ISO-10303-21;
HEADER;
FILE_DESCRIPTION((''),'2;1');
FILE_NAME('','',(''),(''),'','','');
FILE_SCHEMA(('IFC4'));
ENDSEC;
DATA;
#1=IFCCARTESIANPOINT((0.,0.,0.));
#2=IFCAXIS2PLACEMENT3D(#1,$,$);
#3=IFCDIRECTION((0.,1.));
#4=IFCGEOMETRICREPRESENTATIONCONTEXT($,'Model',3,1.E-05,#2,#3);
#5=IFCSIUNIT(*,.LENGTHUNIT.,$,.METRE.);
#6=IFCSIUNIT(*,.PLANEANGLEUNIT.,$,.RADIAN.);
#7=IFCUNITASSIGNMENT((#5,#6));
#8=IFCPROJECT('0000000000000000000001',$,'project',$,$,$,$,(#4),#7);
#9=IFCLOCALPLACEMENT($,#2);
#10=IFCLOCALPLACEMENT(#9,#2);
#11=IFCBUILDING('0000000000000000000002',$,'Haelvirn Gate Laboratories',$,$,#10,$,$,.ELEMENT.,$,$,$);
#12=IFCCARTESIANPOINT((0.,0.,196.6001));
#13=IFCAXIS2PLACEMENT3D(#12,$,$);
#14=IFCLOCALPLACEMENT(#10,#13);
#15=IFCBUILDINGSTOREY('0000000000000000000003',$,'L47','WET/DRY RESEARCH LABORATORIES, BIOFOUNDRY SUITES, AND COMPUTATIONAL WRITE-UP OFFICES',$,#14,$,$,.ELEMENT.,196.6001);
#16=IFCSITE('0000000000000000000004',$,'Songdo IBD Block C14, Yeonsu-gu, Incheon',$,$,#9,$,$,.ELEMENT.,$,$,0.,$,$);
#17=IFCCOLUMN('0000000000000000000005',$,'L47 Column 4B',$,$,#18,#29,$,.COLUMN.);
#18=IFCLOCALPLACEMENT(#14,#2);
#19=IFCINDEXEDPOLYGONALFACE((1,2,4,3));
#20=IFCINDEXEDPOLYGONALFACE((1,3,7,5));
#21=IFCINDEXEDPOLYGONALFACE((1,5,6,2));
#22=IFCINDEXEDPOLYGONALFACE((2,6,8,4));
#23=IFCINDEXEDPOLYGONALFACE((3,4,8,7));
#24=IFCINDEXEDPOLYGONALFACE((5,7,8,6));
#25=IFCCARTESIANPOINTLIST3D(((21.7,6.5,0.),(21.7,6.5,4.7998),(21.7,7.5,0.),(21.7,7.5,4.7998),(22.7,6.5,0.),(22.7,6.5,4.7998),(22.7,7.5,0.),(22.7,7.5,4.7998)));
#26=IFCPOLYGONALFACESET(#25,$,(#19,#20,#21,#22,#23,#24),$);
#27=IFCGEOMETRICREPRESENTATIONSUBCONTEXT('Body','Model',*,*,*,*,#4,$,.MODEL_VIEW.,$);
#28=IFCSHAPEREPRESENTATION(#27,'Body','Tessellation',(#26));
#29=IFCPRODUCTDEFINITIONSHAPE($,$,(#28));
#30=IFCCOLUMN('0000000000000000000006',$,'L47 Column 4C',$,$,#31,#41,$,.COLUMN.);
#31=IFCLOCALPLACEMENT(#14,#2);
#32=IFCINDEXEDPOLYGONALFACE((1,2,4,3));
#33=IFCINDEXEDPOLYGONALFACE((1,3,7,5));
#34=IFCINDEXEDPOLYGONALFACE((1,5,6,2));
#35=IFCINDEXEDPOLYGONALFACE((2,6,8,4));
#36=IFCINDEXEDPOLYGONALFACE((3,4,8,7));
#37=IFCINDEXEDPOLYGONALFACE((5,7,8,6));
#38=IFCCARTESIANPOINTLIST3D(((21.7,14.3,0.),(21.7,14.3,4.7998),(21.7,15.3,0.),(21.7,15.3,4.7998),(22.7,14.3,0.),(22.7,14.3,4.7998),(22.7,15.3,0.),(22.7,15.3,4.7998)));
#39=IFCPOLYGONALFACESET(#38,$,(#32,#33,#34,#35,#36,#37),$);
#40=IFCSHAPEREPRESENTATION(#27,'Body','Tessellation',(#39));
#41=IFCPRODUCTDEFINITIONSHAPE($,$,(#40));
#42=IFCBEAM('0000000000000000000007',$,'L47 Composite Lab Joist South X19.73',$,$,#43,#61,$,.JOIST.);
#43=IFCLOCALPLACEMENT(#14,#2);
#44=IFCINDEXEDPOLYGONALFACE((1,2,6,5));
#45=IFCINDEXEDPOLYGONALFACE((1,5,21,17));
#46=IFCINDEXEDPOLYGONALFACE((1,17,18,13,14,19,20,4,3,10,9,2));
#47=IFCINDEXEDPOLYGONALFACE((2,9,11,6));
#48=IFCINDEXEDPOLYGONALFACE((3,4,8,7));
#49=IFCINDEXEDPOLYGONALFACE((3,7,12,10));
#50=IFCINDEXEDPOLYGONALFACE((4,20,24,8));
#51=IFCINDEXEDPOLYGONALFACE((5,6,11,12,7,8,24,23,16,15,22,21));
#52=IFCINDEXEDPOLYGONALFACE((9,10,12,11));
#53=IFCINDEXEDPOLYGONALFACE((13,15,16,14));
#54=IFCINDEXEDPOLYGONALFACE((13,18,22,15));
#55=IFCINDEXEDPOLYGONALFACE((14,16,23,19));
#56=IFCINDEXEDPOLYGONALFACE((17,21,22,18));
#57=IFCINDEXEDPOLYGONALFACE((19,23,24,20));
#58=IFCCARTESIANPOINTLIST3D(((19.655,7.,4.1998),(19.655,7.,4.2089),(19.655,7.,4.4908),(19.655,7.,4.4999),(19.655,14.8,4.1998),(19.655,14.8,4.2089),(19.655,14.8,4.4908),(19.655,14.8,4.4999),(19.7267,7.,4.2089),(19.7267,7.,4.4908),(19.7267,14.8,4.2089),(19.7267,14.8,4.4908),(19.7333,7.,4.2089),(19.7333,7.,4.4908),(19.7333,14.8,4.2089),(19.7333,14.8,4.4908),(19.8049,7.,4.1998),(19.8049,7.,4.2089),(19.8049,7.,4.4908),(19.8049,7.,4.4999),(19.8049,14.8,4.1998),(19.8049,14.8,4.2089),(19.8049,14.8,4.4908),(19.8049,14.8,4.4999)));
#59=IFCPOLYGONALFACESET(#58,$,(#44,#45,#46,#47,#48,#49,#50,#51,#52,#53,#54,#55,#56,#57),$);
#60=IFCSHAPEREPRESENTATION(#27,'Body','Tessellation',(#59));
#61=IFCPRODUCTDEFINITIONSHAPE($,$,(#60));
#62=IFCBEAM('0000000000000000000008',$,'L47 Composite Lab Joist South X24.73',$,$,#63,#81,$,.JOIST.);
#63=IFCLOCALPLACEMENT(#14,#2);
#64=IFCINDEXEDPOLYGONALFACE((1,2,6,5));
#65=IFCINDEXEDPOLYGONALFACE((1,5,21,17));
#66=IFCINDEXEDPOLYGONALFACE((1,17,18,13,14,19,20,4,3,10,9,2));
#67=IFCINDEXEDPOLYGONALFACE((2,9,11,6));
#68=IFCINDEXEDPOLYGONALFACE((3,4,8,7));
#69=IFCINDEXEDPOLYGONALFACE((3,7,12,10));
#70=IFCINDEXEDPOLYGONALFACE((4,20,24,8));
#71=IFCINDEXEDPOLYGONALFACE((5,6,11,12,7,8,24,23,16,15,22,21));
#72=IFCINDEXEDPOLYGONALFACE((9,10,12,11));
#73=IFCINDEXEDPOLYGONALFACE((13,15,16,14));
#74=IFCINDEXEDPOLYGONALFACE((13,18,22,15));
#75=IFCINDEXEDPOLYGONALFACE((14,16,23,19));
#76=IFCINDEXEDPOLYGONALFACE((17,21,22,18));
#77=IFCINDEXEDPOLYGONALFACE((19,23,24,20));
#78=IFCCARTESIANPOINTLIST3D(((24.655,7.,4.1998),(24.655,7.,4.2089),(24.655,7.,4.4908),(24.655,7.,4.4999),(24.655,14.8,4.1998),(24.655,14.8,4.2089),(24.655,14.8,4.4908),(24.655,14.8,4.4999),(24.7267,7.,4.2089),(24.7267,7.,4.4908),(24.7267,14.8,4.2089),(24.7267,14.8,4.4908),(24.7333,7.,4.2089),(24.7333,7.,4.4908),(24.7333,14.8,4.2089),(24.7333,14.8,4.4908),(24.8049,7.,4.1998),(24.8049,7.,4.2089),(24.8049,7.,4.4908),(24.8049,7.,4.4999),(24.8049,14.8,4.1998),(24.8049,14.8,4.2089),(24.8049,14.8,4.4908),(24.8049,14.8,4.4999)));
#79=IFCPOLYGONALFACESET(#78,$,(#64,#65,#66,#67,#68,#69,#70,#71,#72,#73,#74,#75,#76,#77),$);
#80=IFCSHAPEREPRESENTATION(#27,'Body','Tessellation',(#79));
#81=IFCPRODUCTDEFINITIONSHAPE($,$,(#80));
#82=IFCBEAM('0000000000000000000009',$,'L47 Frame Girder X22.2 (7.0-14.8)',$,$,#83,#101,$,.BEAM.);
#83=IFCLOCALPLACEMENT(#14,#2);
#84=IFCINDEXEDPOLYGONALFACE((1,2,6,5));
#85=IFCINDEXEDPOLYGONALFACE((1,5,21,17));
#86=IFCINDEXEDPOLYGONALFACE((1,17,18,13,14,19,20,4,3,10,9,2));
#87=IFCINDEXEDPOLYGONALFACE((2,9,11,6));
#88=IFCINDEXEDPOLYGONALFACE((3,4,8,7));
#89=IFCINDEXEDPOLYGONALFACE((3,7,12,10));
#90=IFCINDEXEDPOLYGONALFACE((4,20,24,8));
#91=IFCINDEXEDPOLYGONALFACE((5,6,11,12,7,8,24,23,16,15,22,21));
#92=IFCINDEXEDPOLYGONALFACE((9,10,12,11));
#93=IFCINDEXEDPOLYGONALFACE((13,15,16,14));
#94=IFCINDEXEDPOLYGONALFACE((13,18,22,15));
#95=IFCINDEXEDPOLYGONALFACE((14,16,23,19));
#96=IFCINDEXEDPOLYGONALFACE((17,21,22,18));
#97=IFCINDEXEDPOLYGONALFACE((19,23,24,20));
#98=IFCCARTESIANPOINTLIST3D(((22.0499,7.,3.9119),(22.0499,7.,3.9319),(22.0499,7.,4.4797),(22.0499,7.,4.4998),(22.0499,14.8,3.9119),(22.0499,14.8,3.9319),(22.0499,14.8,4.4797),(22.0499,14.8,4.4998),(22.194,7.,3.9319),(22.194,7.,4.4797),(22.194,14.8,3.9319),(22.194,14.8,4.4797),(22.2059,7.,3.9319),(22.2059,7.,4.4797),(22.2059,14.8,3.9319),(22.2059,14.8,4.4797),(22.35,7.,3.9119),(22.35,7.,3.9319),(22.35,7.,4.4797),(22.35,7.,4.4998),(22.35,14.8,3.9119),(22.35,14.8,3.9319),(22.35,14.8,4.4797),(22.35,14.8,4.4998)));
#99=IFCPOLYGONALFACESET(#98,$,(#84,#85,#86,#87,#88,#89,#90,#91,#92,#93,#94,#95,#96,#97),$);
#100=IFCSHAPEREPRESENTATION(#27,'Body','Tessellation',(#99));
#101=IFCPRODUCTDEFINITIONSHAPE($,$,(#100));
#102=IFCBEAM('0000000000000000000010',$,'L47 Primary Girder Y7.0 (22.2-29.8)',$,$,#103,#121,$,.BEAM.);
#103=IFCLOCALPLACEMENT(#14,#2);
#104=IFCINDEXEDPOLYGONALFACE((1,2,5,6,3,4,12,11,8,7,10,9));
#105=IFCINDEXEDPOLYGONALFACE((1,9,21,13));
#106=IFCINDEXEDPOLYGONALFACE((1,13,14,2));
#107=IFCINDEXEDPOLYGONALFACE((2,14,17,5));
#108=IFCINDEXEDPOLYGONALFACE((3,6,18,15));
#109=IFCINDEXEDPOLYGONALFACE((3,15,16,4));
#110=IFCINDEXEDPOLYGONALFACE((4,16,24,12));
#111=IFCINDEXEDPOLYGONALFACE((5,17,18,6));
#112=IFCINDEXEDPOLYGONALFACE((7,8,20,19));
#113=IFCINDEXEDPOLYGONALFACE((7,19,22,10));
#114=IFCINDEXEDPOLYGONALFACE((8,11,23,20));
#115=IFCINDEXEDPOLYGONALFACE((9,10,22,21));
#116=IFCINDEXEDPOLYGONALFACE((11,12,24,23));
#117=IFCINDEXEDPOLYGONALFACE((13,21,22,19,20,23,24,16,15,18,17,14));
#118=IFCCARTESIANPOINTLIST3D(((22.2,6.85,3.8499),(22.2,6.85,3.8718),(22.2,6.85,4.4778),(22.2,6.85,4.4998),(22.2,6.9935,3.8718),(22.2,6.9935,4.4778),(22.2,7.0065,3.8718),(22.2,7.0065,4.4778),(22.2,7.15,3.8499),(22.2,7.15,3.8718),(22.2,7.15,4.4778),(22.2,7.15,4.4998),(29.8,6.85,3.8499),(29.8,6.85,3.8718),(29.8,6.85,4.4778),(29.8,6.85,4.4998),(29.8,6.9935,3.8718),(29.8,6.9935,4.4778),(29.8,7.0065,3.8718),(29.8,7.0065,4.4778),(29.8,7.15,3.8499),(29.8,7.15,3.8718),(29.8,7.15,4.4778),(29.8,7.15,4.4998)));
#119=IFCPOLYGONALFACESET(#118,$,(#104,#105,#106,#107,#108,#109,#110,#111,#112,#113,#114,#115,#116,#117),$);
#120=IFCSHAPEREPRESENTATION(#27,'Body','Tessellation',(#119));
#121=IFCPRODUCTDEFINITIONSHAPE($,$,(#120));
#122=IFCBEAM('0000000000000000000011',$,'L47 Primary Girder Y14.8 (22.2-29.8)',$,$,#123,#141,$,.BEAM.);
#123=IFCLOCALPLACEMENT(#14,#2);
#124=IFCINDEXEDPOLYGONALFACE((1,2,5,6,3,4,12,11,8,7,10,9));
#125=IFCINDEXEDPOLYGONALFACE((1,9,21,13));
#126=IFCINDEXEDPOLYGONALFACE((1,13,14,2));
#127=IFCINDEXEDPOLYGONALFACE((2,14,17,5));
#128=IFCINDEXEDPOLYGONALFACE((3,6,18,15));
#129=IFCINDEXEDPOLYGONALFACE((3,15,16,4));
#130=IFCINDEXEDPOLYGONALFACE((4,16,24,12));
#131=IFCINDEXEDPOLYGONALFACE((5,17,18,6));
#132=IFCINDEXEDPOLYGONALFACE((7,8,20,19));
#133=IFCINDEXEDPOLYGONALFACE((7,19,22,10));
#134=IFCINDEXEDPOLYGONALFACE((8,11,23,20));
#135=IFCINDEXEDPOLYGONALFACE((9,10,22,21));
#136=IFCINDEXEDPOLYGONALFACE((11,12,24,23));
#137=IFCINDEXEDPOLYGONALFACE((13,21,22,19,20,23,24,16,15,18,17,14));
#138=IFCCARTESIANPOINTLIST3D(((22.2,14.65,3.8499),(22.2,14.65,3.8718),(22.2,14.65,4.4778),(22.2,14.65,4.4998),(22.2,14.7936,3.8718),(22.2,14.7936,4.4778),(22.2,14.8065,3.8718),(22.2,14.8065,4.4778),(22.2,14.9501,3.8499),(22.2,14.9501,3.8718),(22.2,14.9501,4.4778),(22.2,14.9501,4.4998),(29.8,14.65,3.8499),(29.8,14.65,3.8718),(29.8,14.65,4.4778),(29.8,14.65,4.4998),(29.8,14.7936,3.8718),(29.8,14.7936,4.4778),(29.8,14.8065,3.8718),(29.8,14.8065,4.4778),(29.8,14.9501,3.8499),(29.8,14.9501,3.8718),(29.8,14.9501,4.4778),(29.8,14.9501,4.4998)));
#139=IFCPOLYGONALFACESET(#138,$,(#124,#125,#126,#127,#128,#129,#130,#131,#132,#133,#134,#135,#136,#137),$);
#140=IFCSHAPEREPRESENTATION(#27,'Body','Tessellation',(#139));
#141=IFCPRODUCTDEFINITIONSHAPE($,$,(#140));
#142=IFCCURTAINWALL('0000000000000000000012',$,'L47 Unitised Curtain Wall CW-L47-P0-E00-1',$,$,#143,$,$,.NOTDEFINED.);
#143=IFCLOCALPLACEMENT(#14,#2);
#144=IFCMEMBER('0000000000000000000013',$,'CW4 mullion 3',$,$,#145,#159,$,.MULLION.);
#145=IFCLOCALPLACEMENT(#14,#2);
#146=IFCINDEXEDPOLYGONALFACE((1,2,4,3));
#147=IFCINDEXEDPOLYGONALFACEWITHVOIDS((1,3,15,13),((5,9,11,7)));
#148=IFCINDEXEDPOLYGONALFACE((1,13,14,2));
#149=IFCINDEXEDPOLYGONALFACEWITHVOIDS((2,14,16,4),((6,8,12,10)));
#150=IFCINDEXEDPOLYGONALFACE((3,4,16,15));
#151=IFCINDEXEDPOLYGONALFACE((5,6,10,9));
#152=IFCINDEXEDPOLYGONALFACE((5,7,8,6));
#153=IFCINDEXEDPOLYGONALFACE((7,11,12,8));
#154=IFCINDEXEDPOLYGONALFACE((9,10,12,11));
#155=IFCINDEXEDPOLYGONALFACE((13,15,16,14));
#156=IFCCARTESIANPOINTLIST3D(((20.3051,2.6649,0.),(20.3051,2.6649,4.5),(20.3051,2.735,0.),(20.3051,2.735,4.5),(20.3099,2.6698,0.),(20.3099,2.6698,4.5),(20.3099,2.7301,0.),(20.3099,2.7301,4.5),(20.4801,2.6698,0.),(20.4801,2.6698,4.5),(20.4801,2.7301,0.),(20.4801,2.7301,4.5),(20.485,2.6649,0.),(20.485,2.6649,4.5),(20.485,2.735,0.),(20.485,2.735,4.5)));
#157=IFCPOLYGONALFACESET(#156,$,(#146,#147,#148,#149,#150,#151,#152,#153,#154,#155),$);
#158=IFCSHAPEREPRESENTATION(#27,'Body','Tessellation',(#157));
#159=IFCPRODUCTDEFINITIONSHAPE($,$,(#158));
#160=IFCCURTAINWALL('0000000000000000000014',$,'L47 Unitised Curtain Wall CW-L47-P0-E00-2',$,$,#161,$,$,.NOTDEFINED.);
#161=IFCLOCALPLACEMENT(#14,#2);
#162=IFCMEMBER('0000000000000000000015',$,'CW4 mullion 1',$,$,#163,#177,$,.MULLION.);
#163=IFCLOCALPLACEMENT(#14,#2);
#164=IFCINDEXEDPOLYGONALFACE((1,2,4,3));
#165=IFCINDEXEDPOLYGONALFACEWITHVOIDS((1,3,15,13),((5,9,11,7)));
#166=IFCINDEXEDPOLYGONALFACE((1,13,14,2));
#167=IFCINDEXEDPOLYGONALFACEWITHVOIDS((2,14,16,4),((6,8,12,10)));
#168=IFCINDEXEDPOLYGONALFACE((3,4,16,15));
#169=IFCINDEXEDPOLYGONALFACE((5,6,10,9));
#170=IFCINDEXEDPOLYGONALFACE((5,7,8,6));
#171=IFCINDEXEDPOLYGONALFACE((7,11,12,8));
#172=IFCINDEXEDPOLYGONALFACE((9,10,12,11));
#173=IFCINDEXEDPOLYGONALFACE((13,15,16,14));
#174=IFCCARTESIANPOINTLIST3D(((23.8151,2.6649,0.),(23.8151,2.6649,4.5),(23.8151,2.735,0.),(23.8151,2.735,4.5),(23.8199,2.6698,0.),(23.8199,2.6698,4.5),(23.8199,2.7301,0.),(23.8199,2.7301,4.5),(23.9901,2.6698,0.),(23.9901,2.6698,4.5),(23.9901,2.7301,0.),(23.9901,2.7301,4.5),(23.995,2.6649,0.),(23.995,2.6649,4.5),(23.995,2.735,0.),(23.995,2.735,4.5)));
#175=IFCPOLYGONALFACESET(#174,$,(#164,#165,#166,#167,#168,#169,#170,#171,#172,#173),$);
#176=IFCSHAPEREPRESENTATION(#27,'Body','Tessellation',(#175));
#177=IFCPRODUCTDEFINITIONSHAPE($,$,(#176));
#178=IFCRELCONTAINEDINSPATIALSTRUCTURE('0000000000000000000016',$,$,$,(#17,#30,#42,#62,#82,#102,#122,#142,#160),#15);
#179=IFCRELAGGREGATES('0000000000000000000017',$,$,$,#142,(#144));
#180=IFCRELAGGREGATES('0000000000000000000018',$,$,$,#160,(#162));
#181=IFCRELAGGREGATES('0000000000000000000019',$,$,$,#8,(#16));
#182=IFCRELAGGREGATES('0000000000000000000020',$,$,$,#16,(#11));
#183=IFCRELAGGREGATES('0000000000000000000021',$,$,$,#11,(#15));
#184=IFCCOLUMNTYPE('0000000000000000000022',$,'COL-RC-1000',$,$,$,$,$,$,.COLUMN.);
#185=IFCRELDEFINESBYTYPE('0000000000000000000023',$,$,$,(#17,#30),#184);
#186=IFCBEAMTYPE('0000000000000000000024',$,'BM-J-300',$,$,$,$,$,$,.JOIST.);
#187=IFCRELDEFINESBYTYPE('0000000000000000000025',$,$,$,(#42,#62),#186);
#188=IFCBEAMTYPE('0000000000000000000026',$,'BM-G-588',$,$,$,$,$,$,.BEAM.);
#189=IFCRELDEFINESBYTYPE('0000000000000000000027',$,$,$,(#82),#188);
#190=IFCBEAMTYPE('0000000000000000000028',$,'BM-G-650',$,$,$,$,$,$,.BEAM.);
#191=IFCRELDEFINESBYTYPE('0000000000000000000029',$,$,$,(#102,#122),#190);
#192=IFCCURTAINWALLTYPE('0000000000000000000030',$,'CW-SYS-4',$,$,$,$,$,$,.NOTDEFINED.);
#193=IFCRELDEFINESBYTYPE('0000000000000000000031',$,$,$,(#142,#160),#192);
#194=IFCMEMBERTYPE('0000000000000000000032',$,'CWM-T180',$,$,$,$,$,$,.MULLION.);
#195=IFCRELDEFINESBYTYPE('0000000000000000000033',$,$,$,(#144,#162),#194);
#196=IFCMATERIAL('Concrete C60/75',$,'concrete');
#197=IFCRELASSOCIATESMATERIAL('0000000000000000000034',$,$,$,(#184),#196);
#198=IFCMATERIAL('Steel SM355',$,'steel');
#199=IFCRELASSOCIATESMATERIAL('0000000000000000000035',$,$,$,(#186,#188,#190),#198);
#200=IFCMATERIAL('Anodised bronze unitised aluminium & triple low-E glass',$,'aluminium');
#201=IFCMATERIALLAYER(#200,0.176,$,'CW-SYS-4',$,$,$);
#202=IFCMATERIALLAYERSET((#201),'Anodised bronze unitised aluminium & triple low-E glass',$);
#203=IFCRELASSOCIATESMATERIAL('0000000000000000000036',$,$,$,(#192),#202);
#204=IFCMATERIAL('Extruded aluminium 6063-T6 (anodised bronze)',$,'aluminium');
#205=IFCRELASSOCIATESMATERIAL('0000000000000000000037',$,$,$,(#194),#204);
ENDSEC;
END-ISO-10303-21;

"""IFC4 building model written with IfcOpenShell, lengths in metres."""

from ifc_helpers import new_model, si_unit, direction, frame, origin, origin_2d, place, context, subcontext, project, spatial, rectangle, hollow_rectangle, i_section, extrude, source, transform, mapped, material, layer, layer_set, material_profile, profile_set, type_object, type_shapes, element, aggregate, save


model = new_model("IFC4")

# Units and contexts
model_context = context("Model", 3, precision=1e-05, world=origin(), true_north=direction((0.0, 1.0)))
body_context = subcontext(model_context, "Body", "Model", "MODEL_VIEW")
ifc_project = project(units=[si_unit("LENGTHUNIT", "METRE"), si_unit("PLANEANGLEUNIT", "RADIAN")], contexts=[model_context])

# Site, building, storey
site_placement = place(None, origin())
site = spatial("IfcSite", under=ifc_project, at=site_placement, Name="Songdo IBD Block C14, Yeonsu-gu, Incheon", CompositionType="ELEMENT", RefElevation=0.0)
building_placement = place(site_placement, origin())
building = spatial("IfcBuilding", under=site, at=building_placement, Name="Haelvirn Gate Laboratories", CompositionType="ELEMENT")
storey_placement = place(building_placement, frame((0.0, 0.0, 196.6001)))
storey = spatial("IfcBuildingStorey", under=building, at=storey_placement, Name="L47", Description="WET/DRY RESEARCH LABORATORIES, BIOFOUNDRY SUITES, AND COMPUTATIONAL WRITE-UP OFFICES", CompositionType="ELEMENT", Elevation=196.6001)

# Columns
ifc_material_1 = material(Name="Concrete C60/75", Category="concrete")
ifc_material_profile_1 = material_profile(ifc_material_1, rectangle(XDim=1.0, YDim=1.0, at=origin_2d()), Name="RC-1000x1000")
ifc_profile_set_1 = profile_set([ifc_material_profile_1], Name="Concrete C60/75")
column_type = type_object("IfcColumnType", Name="COL-RC-1000", PredefinedType="COLUMN", material=ifc_profile_set_1)
shared_shape_1 = source(origin(), body_context, "Body", "SweptSolid", [
    extrude(rectangle(XDim=1.0, YDim=1.0, at=origin_2d()), origin(), (0.0, 0.0, 1.0), 4.7998),
])
type_shapes(column_type, [shared_shape_1])
for number, where, z_axis, x_axis, name in (
    (1, (22.2, 7.0, 0.0), (0.0, 0.0, 1.0), (1.0, 0.0, 0.0), "L47 Column 4B"),
    (2, (22.2, 14.8, 0.0), (0.0, 0.0, 1.0), (1.0, 0.0, 0.0), "L47 Column 4C"),
):
    element("IfcColumn", number, at=place(storey_placement, frame(where, z_axis=z_axis, x_axis=x_axis)), inside=storey, type_object=column_type, Name=name, PredefinedType="COLUMN", context=body_context, shape_type="MappedRepresentation", body=[
        mapped(shared_shape_1, transform((0.0, 0.0, 0.0), scale=1.0)),
    ])

# Beams
ifc_material_2 = material(Name="Steel SM355", Category="steel")
ifc_material_profile_2 = material_profile(ifc_material_2, i_section(OverallWidth=0.1499, OverallDepth=0.3, WebThickness=0.0066, FlangeThickness=0.009, at=origin_2d()), Name="H-300x150x6.5x9")
ifc_profile_set_2 = profile_set([ifc_material_profile_2], Name="Steel SM355")
beam_type_1 = type_object("IfcBeamType", Name="BM-J-300", PredefinedType="JOIST", material=ifc_profile_set_2)
shared_shape_2 = source(origin(), body_context, "Body", "SweptSolid", [
    extrude(i_section(OverallWidth=0.1499, OverallDepth=0.3, WebThickness=0.0066, FlangeThickness=0.009, at=origin_2d()), origin(), (0.0, 0.0, 1.0), 7.8),
])
type_shapes(beam_type_1, [shared_shape_2])
for number, where, z_axis, x_axis, name in (
    (3, (19.73, 7.0, 4.3499), (0.0, 1.0, 0.0), (-1.0, 0.0, 0.0), "L47 Composite Lab Joist South X19.73"),
    (4, (24.73, 7.0, 4.3499), (0.0, 1.0, 0.0), (-1.0, 0.0, 0.0), "L47 Composite Lab Joist South X24.73"),
):
    element("IfcBeam", number, at=place(storey_placement, frame(where, z_axis=z_axis, x_axis=x_axis)), inside=storey, type_object=beam_type_1, Name=name, PredefinedType="JOIST", context=body_context, shape_type="MappedRepresentation", body=[
        mapped(shared_shape_2, transform((0.0, 0.0, 0.0), scale=1.0)),
    ])
ifc_material_profile_3 = material_profile(ifc_material_2, i_section(OverallWidth=0.3, OverallDepth=0.5879, WebThickness=0.012, FlangeThickness=0.02, at=origin_2d()), Name="H-588x300x12x20")
ifc_profile_set_3 = profile_set([ifc_material_profile_3], Name="Steel SM355")
beam_type_2 = type_object("IfcBeamType", Name="BM-G-588", PredefinedType="BEAM", material=ifc_profile_set_3)
shared_shape_3 = source(origin(), body_context, "Body", "SweptSolid", [
    extrude(i_section(OverallWidth=0.3, OverallDepth=0.5879, WebThickness=0.012, FlangeThickness=0.02, at=origin_2d()), origin(), (0.0, 0.0, 1.0), 7.8),
])
type_shapes(beam_type_2, [shared_shape_3])
beam_placement = place(storey_placement, frame((22.2, 7.0, 4.2058), z_axis=(0.0, 1.0, 0.0), x_axis=(-1.0, 0.0, 0.0)))
element("IfcBeam", 5, at=beam_placement, inside=storey, type_object=beam_type_2, Name="L47 Frame Girder X22.2 (7.0-14.8)", PredefinedType="BEAM", context=body_context, shape_type="MappedRepresentation", body=[
    mapped(shared_shape_3, transform((0.0, 0.0, 0.0), scale=1.0)),
])
ifc_material_profile_4 = material_profile(ifc_material_2, i_section(OverallWidth=0.3, OverallDepth=0.6499, WebThickness=0.0129, FlangeThickness=0.022, at=origin_2d()), Name="H-650x300x13x22")
ifc_profile_set_4 = profile_set([ifc_material_profile_4], Name="Steel SM355")
beam_type_3 = type_object("IfcBeamType", Name="BM-G-650", PredefinedType="BEAM", material=ifc_profile_set_4)
shared_shape_4 = source(origin(), body_context, "Body", "SweptSolid", [
    extrude(i_section(OverallWidth=0.3, OverallDepth=0.6499, WebThickness=0.0129, FlangeThickness=0.022, at=origin_2d()), origin(), (0.0, 0.0, 1.0), 7.6001),
])
type_shapes(beam_type_3, [shared_shape_4])
for number, where, z_axis, x_axis, name in (
    (6, (22.2, 7.0, 4.1748), (1.0, 0.0, 0.0), (0.0, 1.0, 0.0), "L47 Primary Girder Y7.0 (22.2-29.8)"),
    (7, (22.2, 14.8, 4.1748), (1.0, 0.0, 0.0), (0.0, 1.0, 0.0), "L47 Primary Girder Y14.8 (22.2-29.8)"),
):
    element("IfcBeam", number, at=place(storey_placement, frame(where, z_axis=z_axis, x_axis=x_axis)), inside=storey, type_object=beam_type_3, Name=name, PredefinedType="BEAM", context=body_context, shape_type="MappedRepresentation", body=[
        mapped(shared_shape_4, transform((0.0, 0.0, 0.0), scale=1.0)),
    ])

# Curtain wall, member
ifc_material_3 = material(Name="Anodised bronze unitised aluminium & triple low-E glass", Category="aluminium")
ifc_layer_1 = layer(ifc_material_3, 0.176, Name="CW-SYS-4")
ifc_layer_set_1 = layer_set([ifc_layer_1], Name="Anodised bronze unitised aluminium & triple low-E glass")
curtain_wall_type = type_object("IfcCurtainWallType", Name="CW-SYS-4", PredefinedType="NOTDEFINED", material=ifc_layer_set_1)
curtain_wall_1_placement = place(storey_placement, origin())
curtain_wall_1 = element("IfcCurtainWall", 8, at=curtain_wall_1_placement, inside=storey, type_object=curtain_wall_type, Name="L47 Unitised Curtain Wall CW-L47-P0-E00-1", PredefinedType="NOTDEFINED")
ifc_material_4 = material(Name="Extruded aluminium 6063-T6 (anodised bronze)", Category="aluminium")
ifc_material_profile_5 = material_profile(ifc_material_4, hollow_rectangle(XDim=0.0701, YDim=0.1799, WallThickness=0.0049, at=origin_2d()), Name="CWM-180x70x5")
ifc_profile_set_5 = profile_set([ifc_material_profile_5], Name="Extruded aluminium 6063-T6 (anodised bronze)")
member_type_1 = type_object("IfcMemberType", Name="CWM-T180", PredefinedType="MULLION", material=ifc_profile_set_5)
shared_shape_5 = source(origin(), body_context, "Body", "SweptSolid", [
    extrude(hollow_rectangle(XDim=0.0701, YDim=0.1799, WallThickness=0.0049, at=origin_2d()), origin(), (0.0, 0.0, 1.0), 4.5),
])
type_shapes(member_type_1, [shared_shape_5])
member_1_placement = place(storey_placement, frame((20.395, 2.7, 0.0), z_axis=(0.0, 0.0, 1.0), x_axis=(0.0, 1.0, 0.0)))
member_1 = element("IfcMember", 9, at=member_1_placement, type_object=member_type_1, Name="CW4 mullion 3", PredefinedType="MULLION", context=body_context, shape_type="MappedRepresentation", body=[
    mapped(shared_shape_5, transform((0.0, 0.0, 0.0), scale=1.0)),
])
aggregate(curtain_wall_1, [member_1])

# Curtain wall, member
curtain_wall_2_placement = place(storey_placement, origin())
curtain_wall_2 = element("IfcCurtainWall", 10, at=curtain_wall_2_placement, inside=storey, type_object=curtain_wall_type, Name="L47 Unitised Curtain Wall CW-L47-P0-E00-2", PredefinedType="NOTDEFINED")
member_2_placement = place(storey_placement, frame((23.905, 2.7, 0.0), z_axis=(0.0, 0.0, 1.0), x_axis=(0.0, 1.0, 0.0)))
member_2 = element("IfcMember", 11, at=member_2_placement, type_object=member_type_1, Name="CW4 mullion 1", PredefinedType="MULLION", context=body_context, shape_type="MappedRepresentation", body=[
    mapped(shared_shape_5, transform((0.0, 0.0, 0.0), scale=1.0)),
])

aggregate(curtain_wall_2, [member_2])

save(model, "model.ifc")
